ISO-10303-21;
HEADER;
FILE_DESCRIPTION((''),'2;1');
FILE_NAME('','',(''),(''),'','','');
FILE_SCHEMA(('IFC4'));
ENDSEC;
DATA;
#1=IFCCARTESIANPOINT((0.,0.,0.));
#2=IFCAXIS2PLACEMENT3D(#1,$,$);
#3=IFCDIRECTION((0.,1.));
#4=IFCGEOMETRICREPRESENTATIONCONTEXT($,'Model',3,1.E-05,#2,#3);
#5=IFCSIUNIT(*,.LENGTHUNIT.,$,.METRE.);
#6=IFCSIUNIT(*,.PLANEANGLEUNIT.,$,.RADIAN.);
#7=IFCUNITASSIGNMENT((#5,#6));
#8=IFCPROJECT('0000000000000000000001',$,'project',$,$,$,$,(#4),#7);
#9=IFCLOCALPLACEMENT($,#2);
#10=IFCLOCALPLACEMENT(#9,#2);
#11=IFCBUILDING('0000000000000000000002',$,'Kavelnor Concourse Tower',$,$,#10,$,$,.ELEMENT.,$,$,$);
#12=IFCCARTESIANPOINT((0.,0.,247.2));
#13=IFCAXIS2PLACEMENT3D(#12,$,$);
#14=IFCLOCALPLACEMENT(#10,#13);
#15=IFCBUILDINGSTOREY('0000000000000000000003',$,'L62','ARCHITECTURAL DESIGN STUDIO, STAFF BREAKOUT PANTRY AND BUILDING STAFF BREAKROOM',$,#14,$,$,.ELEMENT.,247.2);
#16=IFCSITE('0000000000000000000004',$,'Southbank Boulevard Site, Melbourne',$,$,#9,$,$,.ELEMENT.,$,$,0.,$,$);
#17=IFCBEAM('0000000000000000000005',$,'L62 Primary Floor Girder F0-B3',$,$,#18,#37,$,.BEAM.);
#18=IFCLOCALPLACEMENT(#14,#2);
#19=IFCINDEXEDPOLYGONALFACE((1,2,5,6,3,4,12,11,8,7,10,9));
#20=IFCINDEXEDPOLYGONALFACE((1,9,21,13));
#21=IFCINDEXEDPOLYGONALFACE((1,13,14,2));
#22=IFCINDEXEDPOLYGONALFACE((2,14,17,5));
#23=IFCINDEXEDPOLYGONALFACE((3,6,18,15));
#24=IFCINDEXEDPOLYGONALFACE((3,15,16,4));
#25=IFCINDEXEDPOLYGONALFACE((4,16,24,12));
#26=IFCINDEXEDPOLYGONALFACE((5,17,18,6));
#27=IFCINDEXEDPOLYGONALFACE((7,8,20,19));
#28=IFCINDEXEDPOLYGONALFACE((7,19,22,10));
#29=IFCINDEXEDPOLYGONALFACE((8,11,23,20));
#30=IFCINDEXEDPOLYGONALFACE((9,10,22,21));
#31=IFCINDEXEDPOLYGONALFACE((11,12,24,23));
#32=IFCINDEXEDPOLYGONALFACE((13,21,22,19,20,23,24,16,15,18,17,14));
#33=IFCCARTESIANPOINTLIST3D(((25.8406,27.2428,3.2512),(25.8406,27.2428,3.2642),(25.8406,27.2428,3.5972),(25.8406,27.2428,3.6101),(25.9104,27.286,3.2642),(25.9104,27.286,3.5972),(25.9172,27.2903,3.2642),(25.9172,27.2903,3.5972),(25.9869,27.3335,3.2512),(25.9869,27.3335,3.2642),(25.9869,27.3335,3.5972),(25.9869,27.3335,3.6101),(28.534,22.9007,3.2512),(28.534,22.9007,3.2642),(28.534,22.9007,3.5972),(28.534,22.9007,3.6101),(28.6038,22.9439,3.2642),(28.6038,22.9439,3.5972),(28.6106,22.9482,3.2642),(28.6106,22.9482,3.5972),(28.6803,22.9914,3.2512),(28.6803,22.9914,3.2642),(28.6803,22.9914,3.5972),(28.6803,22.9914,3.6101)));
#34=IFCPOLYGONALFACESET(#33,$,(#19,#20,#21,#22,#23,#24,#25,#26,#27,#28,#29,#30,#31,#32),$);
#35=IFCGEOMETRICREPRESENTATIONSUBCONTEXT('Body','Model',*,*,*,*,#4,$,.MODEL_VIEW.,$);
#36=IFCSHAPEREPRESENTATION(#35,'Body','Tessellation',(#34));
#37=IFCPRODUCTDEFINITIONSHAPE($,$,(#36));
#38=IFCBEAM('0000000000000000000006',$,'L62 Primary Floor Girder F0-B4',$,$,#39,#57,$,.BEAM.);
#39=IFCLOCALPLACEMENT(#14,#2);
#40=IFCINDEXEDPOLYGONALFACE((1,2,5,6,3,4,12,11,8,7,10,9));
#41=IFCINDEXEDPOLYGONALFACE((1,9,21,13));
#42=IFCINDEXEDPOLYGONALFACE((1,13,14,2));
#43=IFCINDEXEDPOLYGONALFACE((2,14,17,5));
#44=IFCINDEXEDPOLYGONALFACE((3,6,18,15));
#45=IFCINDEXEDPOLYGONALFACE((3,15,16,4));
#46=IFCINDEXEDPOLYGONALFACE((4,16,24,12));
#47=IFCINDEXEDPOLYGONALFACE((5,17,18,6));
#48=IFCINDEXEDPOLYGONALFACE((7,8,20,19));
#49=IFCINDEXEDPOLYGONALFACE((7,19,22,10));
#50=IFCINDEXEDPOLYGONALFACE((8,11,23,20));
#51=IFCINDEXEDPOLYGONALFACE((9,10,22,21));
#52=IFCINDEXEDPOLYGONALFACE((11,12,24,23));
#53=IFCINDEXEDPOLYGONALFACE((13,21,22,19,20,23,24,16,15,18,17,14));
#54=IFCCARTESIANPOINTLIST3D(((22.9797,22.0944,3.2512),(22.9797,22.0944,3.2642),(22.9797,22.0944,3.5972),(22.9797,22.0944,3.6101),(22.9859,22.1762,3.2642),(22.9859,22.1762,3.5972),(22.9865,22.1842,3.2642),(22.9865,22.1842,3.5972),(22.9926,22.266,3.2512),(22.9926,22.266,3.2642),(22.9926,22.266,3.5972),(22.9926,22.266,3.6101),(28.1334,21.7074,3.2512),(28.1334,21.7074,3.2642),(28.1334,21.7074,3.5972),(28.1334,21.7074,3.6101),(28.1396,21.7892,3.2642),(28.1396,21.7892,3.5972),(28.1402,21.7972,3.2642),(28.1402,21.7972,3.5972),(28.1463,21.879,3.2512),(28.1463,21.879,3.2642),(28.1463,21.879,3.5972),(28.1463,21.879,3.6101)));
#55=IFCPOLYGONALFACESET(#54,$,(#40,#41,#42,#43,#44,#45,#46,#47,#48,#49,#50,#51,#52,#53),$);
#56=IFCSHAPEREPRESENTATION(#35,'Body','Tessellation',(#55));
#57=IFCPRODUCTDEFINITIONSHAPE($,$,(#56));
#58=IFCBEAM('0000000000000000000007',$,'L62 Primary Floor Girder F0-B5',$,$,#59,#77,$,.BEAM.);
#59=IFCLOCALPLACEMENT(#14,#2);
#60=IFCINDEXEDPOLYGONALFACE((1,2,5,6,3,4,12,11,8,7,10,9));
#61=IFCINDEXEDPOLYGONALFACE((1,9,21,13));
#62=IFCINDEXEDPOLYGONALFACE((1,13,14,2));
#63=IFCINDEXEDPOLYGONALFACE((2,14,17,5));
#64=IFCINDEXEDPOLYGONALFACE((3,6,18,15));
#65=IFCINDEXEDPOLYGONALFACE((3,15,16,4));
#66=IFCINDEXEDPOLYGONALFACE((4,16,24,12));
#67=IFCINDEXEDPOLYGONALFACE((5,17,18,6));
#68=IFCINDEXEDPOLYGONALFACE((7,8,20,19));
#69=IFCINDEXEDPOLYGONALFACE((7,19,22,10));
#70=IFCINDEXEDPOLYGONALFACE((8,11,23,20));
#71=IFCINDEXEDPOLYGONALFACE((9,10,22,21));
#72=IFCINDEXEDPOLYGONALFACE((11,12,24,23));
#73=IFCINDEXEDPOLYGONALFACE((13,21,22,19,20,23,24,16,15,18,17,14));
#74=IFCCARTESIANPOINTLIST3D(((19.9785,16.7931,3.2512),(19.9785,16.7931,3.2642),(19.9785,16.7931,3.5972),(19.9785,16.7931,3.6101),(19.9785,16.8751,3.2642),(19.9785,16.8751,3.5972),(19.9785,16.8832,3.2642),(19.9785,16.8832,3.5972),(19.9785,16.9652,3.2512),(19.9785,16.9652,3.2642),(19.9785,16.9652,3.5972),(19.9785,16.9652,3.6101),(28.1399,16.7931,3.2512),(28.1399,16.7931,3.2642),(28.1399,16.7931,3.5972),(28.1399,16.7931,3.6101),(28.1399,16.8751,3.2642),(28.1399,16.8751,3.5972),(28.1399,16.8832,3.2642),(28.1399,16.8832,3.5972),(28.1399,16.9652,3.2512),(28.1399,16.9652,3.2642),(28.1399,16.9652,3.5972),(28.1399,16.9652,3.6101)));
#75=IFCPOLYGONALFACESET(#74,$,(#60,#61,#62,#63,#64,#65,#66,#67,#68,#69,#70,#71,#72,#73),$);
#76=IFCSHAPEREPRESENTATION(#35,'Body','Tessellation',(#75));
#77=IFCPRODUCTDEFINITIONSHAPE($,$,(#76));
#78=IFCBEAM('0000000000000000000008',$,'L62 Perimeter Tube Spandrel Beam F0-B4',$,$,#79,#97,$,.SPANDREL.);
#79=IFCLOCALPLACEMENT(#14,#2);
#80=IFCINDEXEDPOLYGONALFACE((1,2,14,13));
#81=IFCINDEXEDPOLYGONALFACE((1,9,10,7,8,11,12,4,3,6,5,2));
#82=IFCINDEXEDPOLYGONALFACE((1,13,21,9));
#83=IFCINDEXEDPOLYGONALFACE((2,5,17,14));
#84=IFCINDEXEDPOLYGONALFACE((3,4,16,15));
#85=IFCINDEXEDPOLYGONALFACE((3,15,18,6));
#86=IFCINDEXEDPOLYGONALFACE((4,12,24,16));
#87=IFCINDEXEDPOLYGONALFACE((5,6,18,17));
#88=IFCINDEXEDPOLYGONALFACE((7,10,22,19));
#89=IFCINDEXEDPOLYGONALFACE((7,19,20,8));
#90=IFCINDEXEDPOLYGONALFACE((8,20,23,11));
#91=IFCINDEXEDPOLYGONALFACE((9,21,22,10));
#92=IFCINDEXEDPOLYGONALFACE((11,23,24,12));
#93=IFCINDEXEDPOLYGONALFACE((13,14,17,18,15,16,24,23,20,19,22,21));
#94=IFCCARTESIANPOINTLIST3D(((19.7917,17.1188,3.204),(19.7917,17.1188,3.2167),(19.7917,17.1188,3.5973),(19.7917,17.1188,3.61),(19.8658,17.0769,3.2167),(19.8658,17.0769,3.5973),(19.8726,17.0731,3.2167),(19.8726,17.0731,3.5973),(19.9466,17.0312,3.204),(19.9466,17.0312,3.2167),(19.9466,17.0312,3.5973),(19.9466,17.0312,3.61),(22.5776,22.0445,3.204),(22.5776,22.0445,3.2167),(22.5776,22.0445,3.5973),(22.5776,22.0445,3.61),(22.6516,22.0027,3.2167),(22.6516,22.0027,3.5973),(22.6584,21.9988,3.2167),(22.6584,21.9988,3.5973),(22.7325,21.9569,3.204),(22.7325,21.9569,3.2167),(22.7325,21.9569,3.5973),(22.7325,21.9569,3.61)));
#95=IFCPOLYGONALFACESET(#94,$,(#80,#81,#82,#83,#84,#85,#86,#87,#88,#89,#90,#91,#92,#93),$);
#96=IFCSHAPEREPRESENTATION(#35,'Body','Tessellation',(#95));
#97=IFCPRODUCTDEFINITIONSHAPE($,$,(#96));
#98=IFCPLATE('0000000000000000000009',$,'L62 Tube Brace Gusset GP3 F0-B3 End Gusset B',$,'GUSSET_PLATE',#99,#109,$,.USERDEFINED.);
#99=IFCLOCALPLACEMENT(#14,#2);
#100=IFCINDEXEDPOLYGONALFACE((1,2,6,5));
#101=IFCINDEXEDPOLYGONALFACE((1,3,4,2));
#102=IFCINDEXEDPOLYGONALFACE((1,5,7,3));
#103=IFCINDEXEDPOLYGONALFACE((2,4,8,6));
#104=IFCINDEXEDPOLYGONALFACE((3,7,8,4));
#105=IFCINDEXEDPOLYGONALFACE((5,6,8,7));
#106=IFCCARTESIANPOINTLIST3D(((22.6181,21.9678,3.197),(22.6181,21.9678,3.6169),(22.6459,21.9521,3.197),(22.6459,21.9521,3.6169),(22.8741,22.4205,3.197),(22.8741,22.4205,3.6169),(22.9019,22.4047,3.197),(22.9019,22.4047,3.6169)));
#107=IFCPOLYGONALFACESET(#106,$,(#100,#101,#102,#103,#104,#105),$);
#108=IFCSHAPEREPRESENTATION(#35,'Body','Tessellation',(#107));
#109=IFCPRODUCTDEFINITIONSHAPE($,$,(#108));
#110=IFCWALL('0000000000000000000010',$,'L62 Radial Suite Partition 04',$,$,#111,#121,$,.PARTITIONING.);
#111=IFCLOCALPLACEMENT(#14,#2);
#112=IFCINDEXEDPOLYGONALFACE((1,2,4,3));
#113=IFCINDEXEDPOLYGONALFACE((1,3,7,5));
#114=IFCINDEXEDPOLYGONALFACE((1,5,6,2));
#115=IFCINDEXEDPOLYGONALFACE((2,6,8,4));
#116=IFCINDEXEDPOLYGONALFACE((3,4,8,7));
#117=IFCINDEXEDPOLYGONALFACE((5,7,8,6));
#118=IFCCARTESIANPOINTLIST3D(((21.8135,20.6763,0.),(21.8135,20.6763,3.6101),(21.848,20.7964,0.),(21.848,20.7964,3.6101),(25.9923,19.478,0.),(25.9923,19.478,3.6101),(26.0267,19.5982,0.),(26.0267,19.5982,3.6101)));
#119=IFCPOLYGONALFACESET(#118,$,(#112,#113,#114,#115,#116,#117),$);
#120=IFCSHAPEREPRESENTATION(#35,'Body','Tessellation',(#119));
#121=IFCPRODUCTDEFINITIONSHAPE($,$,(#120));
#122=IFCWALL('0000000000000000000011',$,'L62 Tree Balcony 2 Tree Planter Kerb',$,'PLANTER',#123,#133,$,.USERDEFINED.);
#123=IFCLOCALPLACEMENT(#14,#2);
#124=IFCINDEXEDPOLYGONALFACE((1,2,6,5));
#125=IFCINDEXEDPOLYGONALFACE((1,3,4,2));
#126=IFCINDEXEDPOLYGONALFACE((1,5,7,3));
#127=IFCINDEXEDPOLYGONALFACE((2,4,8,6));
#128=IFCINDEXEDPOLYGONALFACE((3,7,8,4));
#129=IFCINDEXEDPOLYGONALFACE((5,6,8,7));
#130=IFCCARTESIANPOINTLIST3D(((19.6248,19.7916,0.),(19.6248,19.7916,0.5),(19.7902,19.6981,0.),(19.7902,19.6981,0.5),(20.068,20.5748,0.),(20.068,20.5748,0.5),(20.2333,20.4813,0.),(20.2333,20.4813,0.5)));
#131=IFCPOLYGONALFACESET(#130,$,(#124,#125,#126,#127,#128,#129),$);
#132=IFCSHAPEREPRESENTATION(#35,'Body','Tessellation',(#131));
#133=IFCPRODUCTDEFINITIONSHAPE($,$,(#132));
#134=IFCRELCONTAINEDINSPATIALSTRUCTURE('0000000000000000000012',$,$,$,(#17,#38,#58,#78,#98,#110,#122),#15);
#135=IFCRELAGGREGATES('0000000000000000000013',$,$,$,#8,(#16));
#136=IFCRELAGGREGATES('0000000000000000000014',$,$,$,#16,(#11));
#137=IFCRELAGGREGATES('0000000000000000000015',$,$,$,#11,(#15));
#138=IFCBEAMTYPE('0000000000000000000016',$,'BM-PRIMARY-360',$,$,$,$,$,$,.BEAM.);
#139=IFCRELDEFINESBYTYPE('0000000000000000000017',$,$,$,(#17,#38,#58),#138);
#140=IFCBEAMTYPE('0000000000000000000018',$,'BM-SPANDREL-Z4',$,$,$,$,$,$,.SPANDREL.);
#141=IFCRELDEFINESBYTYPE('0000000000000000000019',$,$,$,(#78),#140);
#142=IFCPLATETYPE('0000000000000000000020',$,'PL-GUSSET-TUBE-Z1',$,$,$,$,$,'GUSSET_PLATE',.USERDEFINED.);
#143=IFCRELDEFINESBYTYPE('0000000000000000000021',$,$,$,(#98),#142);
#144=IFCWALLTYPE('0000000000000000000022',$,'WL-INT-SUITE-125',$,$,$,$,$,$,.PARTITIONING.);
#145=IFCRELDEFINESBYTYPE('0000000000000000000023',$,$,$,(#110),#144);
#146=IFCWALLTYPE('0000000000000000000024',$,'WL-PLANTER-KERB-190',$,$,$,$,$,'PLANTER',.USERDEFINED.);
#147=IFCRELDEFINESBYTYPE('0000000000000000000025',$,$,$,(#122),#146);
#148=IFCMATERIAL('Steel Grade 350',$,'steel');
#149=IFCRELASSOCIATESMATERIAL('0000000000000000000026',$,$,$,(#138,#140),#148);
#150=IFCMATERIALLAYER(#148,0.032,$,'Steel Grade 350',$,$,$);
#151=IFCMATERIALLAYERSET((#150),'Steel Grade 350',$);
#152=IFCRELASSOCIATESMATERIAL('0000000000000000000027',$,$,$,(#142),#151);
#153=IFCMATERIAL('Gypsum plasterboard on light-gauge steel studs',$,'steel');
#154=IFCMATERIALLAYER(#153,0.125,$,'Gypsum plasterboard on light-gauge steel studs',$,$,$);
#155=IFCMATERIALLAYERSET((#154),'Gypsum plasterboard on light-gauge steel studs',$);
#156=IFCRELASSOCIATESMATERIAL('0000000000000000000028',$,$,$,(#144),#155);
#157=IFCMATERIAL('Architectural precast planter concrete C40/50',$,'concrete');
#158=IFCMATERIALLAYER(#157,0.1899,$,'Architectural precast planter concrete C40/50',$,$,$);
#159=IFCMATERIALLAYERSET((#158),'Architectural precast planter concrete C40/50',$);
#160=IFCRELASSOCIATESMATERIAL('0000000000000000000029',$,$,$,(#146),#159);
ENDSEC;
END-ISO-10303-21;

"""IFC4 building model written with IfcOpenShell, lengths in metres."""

from ifc_helpers import new_model, si_unit, direction, frame, frame_2d, origin, origin_2d, place, context, subcontext, project, spatial, rectangle, i_section, extrude, material, layer, layer_set, material_profile, profile_set, type_object, element, save


model = new_model("IFC4")

# Units and contexts
model_context = context("Model", 3, precision=1e-05, world=origin(), true_north=direction((0.0, 1.0)))
body_context = subcontext(model_context, "Body", "Model", "MODEL_VIEW")
ifc_project = project(units=[si_unit("LENGTHUNIT", "METRE"), si_unit("PLANEANGLEUNIT", "RADIAN")], contexts=[model_context])

# Site, building, storey
site_placement = place(None, origin())
site = spatial("IfcSite", under=ifc_project, at=site_placement, Name="Southbank Boulevard Site, Melbourne", CompositionType="ELEMENT", RefElevation=0.0)
building_placement = place(site_placement, origin())
building = spatial("IfcBuilding", under=site, at=building_placement, Name="Kavelnor Concourse Tower", CompositionType="ELEMENT")
storey_placement = place(building_placement, frame((0.0, 0.0, 247.2)))
storey = spatial("IfcBuildingStorey", under=building, at=storey_placement, Name="L62", Description="ARCHITECTURAL DESIGN STUDIO, STAFF BREAKOUT PANTRY AND BUILDING STAFF BREAKROOM", CompositionType="ELEMENT", Elevation=247.2)

# Shared definitions
ifc_material_1 = material(Name="Steel Grade 350", Category="steel")

# Beams
ifc_material_profile_1 = material_profile(ifc_material_1, i_section(OverallWidth=0.1721, OverallDepth=0.3589, WebThickness=0.0081, FlangeThickness=0.0129, at=origin_2d()), Name="360UB56")
ifc_profile_set_1 = profile_set([ifc_material_profile_1], Name="Steel Grade 350")
beam_type_1 = type_object("IfcBeamType", Name="BM-PRIMARY-360", PredefinedType="BEAM", material=ifc_profile_set_1)
beam_1_placement = place(storey_placement, frame((28.6072, 22.946, 3.4307), z_axis=(-0.527123, 0.849789, 0.0), x_axis=(-0.849789, -0.527123, 0.0)))
element("IfcBeam", 1, at=beam_1_placement, inside=storey, type_object=beam_type_1, Name="L62 Primary Floor Girder F0-B3", PredefinedType="BEAM", context=body_context, shape_type="SweptSolid", body=[
    extrude(i_section(OverallWidth=0.1721, OverallDepth=0.3589, WebThickness=0.0081, FlangeThickness=0.0129, at=origin_2d()), origin(), (0.0, 0.0, 1.0), 5.1096),
])
beam_2_placement = place(storey_placement, frame((28.1399, 21.7932, 3.4307), z_axis=(-0.997193, 0.074872, 0.0), x_axis=(-0.074872, -0.997193, 0.0)))
element("IfcBeam", 2, at=beam_2_placement, inside=storey, type_object=beam_type_1, Name="L62 Primary Floor Girder F0-B4", PredefinedType="BEAM", context=body_context, shape_type="SweptSolid", body=[
    extrude(i_section(OverallWidth=0.1721, OverallDepth=0.3589, WebThickness=0.0081, FlangeThickness=0.0129, at=origin_2d()), origin(), (0.0, 0.0, 1.0), 5.1682),
])
beam_3_placement = place(storey_placement, frame((28.1399, 16.8792, 3.4307), z_axis=(-1.0, 0.0, 0.0), x_axis=(0.0, -1.0, 0.0)))
element("IfcBeam", 3, at=beam_3_placement, inside=storey, type_object=beam_type_1, Name="L62 Primary Floor Girder F0-B5", PredefinedType="BEAM", context=body_context, shape_type="SweptSolid", body=[
    extrude(i_section(OverallWidth=0.1721, OverallDepth=0.3589, WebThickness=0.0081, FlangeThickness=0.0129, at=origin_2d()), origin(), (0.0, 0.0, 1.0), 8.1614),
])
ifc_material_profile_2 = material_profile(ifc_material_1, i_section(OverallWidth=0.178, OverallDepth=0.406, WebThickness=0.0078, FlangeThickness=0.0127, at=origin_2d()), Name="410UB59")
ifc_profile_set_2 = profile_set([ifc_material_profile_2], Name="Steel Grade 350")
beam_type_2 = type_object("IfcBeamType", Name="BM-SPANDREL-Z4", PredefinedType="SPANDREL", material=ifc_profile_set_2)
beam_4_placement = place(storey_placement, frame((22.655, 22.0007, 3.407), z_axis=(-0.492292, -0.87043, 0.0), x_axis=(0.87043, -0.492292, 0.0)))
element("IfcBeam", 4, at=beam_4_placement, inside=storey, type_object=beam_type_2, Name="L62 Perimeter Tube Spandrel Beam F0-B4", PredefinedType="SPANDREL", context=body_context, shape_type="SweptSolid", body=[
    extrude(i_section(OverallWidth=0.178, OverallDepth=0.406, WebThickness=0.0078, FlangeThickness=0.0127, at=origin_2d()), origin(), (0.0, 0.0, 1.0), 5.6589),
])

# Plate
ifc_layer_1 = layer(ifc_material_1, 0.032, Name="Steel Grade 350")
ifc_layer_set_1 = layer_set([ifc_layer_1], Name="Steel Grade 350")
plate_type = type_object("IfcPlateType", Name="PL-GUSSET-TUBE-Z1", ElementType="GUSSET_PLATE", PredefinedType="USERDEFINED", material=ifc_layer_set_1)
plate_placement = place(storey_placement, frame((22.76, 22.1863, 3.197), z_axis=(0.0, 0.0, 1.0), x_axis=(-0.492272, -0.870442, 0.0)))
element("IfcPlate", 5, at=plate_placement, inside=storey, type_object=plate_type, Name="L62 Tube Brace Gusset GP3 F0-B3 End Gusset B", ObjectType="GUSSET_PLATE", PredefinedType="USERDEFINED", context=body_context, shape_type="SweptSolid", body=[
    extrude(rectangle(XDim=0.52, YDim=0.032, at=origin_2d()), origin(), (0.0, 0.0, 1.0), 0.4199),
])

# Walls
ifc_material_2 = material(Name="Gypsum plasterboard on light-gauge steel studs", Category="steel")
ifc_layer_2 = layer(ifc_material_2, 0.125, Name="Gypsum plasterboard on light-gauge steel studs")
ifc_layer_set_2 = layer_set([ifc_layer_2], Name="Gypsum plasterboard on light-gauge steel studs")
wall_type_1 = type_object("IfcWallType", Name="WL-INT-SUITE-125", PredefinedType="PARTITIONING", material=ifc_layer_set_2)
wall_1_placement = place(storey_placement, frame((26.0095, 19.5381, 0.0), z_axis=(0.0, 0.0, 1.0), x_axis=(-0.961261, 0.275641, 0.0)))
element("IfcWall", 6, at=wall_1_placement, inside=storey, type_object=wall_type_1, Name="L62 Radial Suite Partition 04", PredefinedType="PARTITIONING", context=body_context, shape_type="SweptSolid", body=[
    extrude(rectangle(XDim=4.3472, YDim=0.125, at=frame_2d((2.1736, 0.0))), origin(), (0.0, 0.0, 1.0), 3.6101),
])
ifc_material_3 = material(Name="Architectural precast planter concrete C40/50", Category="concrete")
ifc_layer_3 = layer(ifc_material_3, 0.1899, Name="Architectural precast planter concrete C40/50")
ifc_layer_set_3 = layer_set([ifc_layer_3], Name="Architectural precast planter concrete C40/50")
wall_type_2 = type_object("IfcWallType", Name="WL-PLANTER-KERB-190", ElementType="PLANTER", PredefinedType="USERDEFINED", material=ifc_layer_set_3)
wall_2_placement = place(storey_placement, frame((20.1506, 20.5281, 0.0), z_axis=(0.0, 0.0, 1.0), x_axis=(-0.492424, -0.870356, 0.0)))
element("IfcWall", 7, at=wall_2_placement, inside=storey, type_object=wall_type_2, Name="L62 Tree Balcony 2 Tree Planter Kerb", ObjectType="PLANTER", PredefinedType="USERDEFINED", context=body_context, shape_type="SweptSolid", body=[
    extrude(rectangle(XDim=0.8999, YDim=0.1899, at=frame_2d((0.45, 0.0))), origin(), (0.0, 0.0, 1.0), 0.5),
])

save(model, "model.ifc")
